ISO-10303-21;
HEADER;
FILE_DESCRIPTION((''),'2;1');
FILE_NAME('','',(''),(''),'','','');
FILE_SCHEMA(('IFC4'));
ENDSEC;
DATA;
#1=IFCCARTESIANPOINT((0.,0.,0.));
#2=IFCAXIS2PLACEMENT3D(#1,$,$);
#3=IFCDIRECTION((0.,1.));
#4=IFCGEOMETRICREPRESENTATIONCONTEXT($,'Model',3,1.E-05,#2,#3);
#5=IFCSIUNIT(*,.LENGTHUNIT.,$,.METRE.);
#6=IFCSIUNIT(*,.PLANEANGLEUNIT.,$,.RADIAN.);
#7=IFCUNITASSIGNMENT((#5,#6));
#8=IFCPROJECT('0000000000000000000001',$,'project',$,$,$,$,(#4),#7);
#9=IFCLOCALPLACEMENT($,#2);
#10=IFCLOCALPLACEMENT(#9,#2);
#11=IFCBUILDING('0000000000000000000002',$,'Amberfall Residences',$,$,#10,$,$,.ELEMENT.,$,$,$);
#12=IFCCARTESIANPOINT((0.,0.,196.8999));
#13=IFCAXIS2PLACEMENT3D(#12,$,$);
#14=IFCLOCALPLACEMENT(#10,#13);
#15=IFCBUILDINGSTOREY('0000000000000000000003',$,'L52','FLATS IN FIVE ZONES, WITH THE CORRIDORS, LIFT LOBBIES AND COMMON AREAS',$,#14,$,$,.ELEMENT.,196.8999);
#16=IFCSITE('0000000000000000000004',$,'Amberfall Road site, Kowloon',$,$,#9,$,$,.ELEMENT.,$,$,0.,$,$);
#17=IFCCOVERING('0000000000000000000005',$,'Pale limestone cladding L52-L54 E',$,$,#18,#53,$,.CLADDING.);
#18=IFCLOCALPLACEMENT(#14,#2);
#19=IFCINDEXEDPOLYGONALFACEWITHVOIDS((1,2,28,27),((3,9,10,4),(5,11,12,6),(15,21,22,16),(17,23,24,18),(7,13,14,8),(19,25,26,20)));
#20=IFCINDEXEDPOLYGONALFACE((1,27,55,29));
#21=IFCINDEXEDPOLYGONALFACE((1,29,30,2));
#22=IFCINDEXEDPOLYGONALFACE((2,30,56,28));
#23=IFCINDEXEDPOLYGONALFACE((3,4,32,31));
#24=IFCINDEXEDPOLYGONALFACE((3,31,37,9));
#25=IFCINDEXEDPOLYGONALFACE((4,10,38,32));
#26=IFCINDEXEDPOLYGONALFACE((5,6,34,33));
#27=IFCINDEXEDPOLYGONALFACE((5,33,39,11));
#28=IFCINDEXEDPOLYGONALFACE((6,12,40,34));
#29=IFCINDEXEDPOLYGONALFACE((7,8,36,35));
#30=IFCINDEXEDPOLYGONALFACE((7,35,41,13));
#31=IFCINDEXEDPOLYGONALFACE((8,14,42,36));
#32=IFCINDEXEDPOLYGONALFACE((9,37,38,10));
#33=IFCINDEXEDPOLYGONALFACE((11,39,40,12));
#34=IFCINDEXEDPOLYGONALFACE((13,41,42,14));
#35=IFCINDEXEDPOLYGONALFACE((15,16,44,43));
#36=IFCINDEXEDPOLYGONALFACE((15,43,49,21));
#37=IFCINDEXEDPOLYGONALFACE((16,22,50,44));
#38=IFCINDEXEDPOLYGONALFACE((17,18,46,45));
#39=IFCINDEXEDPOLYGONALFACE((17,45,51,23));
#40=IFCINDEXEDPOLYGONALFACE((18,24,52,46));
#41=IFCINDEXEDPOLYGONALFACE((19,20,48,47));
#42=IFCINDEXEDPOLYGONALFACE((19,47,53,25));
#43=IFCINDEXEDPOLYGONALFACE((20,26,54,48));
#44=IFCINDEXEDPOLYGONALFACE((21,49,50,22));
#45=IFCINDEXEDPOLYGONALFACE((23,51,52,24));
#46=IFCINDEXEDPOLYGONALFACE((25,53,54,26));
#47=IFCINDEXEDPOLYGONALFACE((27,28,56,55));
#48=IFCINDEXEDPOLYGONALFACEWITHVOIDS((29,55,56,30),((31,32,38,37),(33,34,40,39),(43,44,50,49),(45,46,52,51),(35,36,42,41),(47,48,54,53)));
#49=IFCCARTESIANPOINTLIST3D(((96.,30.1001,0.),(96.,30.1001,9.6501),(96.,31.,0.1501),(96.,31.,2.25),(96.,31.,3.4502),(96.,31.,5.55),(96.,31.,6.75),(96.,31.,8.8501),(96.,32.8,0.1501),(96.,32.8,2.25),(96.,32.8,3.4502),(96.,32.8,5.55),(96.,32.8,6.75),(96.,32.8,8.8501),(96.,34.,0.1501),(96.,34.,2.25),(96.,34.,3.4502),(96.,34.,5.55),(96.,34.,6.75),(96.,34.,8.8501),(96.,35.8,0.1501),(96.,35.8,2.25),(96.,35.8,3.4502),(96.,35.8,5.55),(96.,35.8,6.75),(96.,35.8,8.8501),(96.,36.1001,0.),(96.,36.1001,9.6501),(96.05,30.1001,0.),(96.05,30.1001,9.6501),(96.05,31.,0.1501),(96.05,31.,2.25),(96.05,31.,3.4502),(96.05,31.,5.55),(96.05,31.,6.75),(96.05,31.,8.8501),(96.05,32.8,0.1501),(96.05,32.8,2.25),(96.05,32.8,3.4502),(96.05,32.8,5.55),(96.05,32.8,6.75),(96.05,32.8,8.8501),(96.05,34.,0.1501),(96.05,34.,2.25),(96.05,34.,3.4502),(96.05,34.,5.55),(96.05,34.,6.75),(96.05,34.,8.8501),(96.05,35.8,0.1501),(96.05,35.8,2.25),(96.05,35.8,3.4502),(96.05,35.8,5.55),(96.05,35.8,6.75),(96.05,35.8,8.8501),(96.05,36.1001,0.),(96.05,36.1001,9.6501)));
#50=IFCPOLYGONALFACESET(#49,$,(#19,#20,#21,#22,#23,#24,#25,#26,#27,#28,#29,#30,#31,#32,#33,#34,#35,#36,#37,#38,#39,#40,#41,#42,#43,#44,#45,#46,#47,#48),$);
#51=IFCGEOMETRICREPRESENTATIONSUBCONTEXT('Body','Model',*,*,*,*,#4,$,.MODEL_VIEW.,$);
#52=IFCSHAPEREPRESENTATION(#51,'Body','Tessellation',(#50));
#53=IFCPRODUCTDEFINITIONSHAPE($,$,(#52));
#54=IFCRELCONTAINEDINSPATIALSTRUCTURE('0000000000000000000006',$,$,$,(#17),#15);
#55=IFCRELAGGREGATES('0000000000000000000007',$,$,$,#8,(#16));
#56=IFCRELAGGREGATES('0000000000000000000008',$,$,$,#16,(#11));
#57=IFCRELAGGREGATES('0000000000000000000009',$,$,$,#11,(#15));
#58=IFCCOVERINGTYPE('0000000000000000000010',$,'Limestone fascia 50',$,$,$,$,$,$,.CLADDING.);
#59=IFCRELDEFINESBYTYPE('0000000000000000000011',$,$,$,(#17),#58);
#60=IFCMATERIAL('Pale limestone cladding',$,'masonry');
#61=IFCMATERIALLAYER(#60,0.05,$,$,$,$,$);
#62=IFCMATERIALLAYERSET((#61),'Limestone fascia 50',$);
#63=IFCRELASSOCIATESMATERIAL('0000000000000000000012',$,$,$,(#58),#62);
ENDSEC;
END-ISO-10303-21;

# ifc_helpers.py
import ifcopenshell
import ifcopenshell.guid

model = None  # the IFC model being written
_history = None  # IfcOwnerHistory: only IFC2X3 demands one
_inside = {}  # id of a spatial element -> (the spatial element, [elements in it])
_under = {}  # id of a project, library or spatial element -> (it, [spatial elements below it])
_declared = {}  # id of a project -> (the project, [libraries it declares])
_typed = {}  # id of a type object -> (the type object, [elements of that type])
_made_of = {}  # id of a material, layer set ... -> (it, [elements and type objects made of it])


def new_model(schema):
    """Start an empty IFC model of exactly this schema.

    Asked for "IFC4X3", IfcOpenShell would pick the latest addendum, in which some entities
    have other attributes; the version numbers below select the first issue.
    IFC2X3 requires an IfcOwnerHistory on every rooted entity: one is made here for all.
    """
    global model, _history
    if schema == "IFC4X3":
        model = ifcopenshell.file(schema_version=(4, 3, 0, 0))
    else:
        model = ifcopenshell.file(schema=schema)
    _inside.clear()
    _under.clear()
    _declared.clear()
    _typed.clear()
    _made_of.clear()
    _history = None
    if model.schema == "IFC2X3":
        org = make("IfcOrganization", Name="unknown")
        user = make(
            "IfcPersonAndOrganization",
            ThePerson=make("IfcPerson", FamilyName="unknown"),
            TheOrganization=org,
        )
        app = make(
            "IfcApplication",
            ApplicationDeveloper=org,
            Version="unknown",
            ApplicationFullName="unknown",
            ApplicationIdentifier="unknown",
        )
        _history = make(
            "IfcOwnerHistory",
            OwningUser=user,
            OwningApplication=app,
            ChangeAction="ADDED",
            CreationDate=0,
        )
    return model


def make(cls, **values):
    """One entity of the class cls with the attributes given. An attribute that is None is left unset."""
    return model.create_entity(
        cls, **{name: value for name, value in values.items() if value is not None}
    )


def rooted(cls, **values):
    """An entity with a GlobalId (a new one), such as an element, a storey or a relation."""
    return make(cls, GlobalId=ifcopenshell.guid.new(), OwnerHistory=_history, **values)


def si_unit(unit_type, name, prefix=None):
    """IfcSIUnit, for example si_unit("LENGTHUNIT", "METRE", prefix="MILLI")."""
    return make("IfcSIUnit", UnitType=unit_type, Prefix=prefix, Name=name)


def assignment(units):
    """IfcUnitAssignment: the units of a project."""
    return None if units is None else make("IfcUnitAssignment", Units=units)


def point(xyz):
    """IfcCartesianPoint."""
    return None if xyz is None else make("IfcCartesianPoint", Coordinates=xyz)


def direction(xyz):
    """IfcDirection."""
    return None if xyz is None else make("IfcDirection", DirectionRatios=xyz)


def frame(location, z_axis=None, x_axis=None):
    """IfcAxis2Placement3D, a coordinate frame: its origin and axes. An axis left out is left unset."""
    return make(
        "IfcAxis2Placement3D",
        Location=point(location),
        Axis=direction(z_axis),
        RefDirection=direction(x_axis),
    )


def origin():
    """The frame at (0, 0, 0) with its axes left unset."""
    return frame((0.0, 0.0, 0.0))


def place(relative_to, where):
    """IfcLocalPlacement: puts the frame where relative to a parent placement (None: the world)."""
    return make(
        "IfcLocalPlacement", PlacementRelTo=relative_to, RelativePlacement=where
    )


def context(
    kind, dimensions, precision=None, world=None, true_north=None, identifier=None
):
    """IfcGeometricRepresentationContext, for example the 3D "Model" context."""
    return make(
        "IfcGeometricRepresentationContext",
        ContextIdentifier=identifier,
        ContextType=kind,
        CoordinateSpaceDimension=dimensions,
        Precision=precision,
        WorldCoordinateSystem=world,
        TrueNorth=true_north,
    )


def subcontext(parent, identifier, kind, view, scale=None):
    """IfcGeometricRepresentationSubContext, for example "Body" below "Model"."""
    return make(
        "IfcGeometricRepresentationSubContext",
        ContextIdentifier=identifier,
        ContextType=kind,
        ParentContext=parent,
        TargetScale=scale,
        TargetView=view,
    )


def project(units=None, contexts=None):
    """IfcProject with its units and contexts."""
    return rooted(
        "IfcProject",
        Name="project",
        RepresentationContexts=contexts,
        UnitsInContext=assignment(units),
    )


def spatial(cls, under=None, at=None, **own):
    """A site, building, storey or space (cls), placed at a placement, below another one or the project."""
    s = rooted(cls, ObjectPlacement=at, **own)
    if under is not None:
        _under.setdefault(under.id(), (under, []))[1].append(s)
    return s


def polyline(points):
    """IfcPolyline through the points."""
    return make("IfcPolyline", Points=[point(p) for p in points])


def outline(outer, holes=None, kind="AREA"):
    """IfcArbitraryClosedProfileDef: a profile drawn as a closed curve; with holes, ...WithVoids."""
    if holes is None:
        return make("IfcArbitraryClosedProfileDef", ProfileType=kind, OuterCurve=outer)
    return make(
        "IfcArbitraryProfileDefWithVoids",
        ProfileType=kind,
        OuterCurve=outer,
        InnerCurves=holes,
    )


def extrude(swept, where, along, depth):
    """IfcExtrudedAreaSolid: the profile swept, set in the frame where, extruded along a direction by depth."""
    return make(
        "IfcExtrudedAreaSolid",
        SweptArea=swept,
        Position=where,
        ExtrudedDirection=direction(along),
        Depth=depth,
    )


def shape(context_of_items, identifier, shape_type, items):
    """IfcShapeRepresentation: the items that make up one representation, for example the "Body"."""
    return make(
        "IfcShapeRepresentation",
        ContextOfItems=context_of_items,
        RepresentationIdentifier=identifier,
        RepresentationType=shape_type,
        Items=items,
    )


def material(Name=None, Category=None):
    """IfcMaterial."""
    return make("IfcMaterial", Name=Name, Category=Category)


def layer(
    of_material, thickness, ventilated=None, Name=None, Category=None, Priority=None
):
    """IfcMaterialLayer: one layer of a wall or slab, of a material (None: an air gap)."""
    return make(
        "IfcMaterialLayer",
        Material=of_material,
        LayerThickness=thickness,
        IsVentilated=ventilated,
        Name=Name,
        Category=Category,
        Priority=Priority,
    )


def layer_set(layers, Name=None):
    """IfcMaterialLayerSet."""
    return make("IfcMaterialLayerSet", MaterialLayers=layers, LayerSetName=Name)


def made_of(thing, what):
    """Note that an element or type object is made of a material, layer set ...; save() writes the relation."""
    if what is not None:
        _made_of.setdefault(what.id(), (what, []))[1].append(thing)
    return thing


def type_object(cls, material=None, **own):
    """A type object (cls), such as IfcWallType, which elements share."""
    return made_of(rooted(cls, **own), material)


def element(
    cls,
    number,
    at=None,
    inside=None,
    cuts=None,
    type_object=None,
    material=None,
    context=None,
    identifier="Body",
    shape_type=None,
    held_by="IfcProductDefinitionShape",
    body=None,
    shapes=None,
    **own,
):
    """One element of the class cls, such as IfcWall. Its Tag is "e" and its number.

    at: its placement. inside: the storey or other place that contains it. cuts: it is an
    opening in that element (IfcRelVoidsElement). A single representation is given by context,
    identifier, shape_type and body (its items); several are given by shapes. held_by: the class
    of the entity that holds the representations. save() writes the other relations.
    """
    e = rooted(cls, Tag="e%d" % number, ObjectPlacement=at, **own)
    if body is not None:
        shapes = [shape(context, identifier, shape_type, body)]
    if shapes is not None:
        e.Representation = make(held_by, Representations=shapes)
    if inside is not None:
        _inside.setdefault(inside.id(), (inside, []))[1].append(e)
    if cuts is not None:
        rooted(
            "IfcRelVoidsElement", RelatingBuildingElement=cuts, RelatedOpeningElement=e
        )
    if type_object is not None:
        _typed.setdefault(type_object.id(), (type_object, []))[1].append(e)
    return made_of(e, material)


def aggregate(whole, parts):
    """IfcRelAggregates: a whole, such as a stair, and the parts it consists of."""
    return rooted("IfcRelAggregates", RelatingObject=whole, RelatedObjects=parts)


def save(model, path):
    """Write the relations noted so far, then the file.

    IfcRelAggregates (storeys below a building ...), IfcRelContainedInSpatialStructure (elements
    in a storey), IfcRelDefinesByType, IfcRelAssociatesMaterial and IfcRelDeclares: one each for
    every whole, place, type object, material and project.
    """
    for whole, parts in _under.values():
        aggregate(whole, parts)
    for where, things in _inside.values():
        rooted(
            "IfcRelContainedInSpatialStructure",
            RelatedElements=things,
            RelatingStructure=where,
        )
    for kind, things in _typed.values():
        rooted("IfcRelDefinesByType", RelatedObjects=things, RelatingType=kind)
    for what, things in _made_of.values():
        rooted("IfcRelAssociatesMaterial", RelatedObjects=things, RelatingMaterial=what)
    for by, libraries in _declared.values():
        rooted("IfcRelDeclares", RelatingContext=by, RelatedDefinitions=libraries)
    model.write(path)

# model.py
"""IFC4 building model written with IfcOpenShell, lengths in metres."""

from ifc_helpers import new_model, si_unit, direction, frame, origin, place, context, subcontext, project, spatial, polyline, outline, extrude, material, layer, layer_set, type_object, element, save


model = new_model("IFC4")

# Units and contexts
model_context = context("Model", 3, precision=1e-05, world=origin(), true_north=direction((0.0, 1.0)))
body_context = subcontext(model_context, "Body", "Model", "MODEL_VIEW")
ifc_project = project(units=[si_unit("LENGTHUNIT", "METRE"), si_unit("PLANEANGLEUNIT", "RADIAN")], contexts=[model_context])

# Site, building, storey
site_placement = place(None, origin())
site = spatial("IfcSite", under=ifc_project, at=site_placement, Name="Amberfall Road site, Kowloon", CompositionType="ELEMENT", RefElevation=0.0)
building_placement = place(site_placement, origin())
building = spatial("IfcBuilding", under=site, at=building_placement, Name="Amberfall Residences", CompositionType="ELEMENT")
storey_placement = place(building_placement, frame((0.0, 0.0, 196.8999)))
storey = spatial("IfcBuildingStorey", under=building, at=storey_placement, Name="L52", Description="FLATS IN FIVE ZONES, WITH THE CORRIDORS, LIFT LOBBIES AND COMMON AREAS", CompositionType="ELEMENT", Elevation=196.8999)

# Covering
ifc_material_1 = material(Name="Pale limestone cladding", Category="masonry")
ifc_layer_1 = layer(ifc_material_1, 0.05)
ifc_layer_set_1 = layer_set([ifc_layer_1], Name="Limestone fascia 50")
covering_type = type_object("IfcCoveringType", Name="Limestone fascia 50", PredefinedType="CLADDING", material=ifc_layer_set_1)
covering_placement = place(storey_placement, frame((96.0, 30.1001, 9.6501), z_axis=(-1.0, 0.0, 0.0), x_axis=(0.0, 1.0, 0.0)))
element("IfcCovering", 1, at=covering_placement, inside=storey, type_object=covering_type, Name="Pale limestone cladding L52-L54 E", PredefinedType="CLADDING", context=body_context, shape_type="SweptSolid", body=[
    extrude(outline(polyline([(0.0, 0.0), (6.0, 0.0), (6.0, 9.6501), (0.0, 9.6501), (0.0, 0.0)]), holes=[polyline([(0.8999, 7.4001), (2.7, 7.4001), (2.7, 9.5), (0.8999, 9.5), (0.8999, 7.4001)]), polyline([(3.8999, 7.4001), (5.7, 7.4001), (5.7, 9.5), (3.8999, 9.5), (3.8999, 7.4001)]), polyline([(0.8999, 4.1001), (2.7, 4.1001), (2.7, 6.2), (0.8999, 6.2), (0.8999, 4.1001)]), polyline([(3.8999, 4.1001), (5.7, 4.1001), (5.7, 6.2), (3.8999, 6.2), (3.8999, 4.1001)]), polyline([(0.8999, 0.8), (2.7, 0.8), (2.7, 2.9001), (0.8999, 2.9001), (0.8999, 0.8)]), polyline([(3.8999, 0.8), (5.7, 0.8), (5.7, 2.9001), (3.8999, 2.9001), (3.8999, 0.8)])]), origin(), (0.0, 0.0, -1.0), 0.05),
])

save(model, "model.ifc")
